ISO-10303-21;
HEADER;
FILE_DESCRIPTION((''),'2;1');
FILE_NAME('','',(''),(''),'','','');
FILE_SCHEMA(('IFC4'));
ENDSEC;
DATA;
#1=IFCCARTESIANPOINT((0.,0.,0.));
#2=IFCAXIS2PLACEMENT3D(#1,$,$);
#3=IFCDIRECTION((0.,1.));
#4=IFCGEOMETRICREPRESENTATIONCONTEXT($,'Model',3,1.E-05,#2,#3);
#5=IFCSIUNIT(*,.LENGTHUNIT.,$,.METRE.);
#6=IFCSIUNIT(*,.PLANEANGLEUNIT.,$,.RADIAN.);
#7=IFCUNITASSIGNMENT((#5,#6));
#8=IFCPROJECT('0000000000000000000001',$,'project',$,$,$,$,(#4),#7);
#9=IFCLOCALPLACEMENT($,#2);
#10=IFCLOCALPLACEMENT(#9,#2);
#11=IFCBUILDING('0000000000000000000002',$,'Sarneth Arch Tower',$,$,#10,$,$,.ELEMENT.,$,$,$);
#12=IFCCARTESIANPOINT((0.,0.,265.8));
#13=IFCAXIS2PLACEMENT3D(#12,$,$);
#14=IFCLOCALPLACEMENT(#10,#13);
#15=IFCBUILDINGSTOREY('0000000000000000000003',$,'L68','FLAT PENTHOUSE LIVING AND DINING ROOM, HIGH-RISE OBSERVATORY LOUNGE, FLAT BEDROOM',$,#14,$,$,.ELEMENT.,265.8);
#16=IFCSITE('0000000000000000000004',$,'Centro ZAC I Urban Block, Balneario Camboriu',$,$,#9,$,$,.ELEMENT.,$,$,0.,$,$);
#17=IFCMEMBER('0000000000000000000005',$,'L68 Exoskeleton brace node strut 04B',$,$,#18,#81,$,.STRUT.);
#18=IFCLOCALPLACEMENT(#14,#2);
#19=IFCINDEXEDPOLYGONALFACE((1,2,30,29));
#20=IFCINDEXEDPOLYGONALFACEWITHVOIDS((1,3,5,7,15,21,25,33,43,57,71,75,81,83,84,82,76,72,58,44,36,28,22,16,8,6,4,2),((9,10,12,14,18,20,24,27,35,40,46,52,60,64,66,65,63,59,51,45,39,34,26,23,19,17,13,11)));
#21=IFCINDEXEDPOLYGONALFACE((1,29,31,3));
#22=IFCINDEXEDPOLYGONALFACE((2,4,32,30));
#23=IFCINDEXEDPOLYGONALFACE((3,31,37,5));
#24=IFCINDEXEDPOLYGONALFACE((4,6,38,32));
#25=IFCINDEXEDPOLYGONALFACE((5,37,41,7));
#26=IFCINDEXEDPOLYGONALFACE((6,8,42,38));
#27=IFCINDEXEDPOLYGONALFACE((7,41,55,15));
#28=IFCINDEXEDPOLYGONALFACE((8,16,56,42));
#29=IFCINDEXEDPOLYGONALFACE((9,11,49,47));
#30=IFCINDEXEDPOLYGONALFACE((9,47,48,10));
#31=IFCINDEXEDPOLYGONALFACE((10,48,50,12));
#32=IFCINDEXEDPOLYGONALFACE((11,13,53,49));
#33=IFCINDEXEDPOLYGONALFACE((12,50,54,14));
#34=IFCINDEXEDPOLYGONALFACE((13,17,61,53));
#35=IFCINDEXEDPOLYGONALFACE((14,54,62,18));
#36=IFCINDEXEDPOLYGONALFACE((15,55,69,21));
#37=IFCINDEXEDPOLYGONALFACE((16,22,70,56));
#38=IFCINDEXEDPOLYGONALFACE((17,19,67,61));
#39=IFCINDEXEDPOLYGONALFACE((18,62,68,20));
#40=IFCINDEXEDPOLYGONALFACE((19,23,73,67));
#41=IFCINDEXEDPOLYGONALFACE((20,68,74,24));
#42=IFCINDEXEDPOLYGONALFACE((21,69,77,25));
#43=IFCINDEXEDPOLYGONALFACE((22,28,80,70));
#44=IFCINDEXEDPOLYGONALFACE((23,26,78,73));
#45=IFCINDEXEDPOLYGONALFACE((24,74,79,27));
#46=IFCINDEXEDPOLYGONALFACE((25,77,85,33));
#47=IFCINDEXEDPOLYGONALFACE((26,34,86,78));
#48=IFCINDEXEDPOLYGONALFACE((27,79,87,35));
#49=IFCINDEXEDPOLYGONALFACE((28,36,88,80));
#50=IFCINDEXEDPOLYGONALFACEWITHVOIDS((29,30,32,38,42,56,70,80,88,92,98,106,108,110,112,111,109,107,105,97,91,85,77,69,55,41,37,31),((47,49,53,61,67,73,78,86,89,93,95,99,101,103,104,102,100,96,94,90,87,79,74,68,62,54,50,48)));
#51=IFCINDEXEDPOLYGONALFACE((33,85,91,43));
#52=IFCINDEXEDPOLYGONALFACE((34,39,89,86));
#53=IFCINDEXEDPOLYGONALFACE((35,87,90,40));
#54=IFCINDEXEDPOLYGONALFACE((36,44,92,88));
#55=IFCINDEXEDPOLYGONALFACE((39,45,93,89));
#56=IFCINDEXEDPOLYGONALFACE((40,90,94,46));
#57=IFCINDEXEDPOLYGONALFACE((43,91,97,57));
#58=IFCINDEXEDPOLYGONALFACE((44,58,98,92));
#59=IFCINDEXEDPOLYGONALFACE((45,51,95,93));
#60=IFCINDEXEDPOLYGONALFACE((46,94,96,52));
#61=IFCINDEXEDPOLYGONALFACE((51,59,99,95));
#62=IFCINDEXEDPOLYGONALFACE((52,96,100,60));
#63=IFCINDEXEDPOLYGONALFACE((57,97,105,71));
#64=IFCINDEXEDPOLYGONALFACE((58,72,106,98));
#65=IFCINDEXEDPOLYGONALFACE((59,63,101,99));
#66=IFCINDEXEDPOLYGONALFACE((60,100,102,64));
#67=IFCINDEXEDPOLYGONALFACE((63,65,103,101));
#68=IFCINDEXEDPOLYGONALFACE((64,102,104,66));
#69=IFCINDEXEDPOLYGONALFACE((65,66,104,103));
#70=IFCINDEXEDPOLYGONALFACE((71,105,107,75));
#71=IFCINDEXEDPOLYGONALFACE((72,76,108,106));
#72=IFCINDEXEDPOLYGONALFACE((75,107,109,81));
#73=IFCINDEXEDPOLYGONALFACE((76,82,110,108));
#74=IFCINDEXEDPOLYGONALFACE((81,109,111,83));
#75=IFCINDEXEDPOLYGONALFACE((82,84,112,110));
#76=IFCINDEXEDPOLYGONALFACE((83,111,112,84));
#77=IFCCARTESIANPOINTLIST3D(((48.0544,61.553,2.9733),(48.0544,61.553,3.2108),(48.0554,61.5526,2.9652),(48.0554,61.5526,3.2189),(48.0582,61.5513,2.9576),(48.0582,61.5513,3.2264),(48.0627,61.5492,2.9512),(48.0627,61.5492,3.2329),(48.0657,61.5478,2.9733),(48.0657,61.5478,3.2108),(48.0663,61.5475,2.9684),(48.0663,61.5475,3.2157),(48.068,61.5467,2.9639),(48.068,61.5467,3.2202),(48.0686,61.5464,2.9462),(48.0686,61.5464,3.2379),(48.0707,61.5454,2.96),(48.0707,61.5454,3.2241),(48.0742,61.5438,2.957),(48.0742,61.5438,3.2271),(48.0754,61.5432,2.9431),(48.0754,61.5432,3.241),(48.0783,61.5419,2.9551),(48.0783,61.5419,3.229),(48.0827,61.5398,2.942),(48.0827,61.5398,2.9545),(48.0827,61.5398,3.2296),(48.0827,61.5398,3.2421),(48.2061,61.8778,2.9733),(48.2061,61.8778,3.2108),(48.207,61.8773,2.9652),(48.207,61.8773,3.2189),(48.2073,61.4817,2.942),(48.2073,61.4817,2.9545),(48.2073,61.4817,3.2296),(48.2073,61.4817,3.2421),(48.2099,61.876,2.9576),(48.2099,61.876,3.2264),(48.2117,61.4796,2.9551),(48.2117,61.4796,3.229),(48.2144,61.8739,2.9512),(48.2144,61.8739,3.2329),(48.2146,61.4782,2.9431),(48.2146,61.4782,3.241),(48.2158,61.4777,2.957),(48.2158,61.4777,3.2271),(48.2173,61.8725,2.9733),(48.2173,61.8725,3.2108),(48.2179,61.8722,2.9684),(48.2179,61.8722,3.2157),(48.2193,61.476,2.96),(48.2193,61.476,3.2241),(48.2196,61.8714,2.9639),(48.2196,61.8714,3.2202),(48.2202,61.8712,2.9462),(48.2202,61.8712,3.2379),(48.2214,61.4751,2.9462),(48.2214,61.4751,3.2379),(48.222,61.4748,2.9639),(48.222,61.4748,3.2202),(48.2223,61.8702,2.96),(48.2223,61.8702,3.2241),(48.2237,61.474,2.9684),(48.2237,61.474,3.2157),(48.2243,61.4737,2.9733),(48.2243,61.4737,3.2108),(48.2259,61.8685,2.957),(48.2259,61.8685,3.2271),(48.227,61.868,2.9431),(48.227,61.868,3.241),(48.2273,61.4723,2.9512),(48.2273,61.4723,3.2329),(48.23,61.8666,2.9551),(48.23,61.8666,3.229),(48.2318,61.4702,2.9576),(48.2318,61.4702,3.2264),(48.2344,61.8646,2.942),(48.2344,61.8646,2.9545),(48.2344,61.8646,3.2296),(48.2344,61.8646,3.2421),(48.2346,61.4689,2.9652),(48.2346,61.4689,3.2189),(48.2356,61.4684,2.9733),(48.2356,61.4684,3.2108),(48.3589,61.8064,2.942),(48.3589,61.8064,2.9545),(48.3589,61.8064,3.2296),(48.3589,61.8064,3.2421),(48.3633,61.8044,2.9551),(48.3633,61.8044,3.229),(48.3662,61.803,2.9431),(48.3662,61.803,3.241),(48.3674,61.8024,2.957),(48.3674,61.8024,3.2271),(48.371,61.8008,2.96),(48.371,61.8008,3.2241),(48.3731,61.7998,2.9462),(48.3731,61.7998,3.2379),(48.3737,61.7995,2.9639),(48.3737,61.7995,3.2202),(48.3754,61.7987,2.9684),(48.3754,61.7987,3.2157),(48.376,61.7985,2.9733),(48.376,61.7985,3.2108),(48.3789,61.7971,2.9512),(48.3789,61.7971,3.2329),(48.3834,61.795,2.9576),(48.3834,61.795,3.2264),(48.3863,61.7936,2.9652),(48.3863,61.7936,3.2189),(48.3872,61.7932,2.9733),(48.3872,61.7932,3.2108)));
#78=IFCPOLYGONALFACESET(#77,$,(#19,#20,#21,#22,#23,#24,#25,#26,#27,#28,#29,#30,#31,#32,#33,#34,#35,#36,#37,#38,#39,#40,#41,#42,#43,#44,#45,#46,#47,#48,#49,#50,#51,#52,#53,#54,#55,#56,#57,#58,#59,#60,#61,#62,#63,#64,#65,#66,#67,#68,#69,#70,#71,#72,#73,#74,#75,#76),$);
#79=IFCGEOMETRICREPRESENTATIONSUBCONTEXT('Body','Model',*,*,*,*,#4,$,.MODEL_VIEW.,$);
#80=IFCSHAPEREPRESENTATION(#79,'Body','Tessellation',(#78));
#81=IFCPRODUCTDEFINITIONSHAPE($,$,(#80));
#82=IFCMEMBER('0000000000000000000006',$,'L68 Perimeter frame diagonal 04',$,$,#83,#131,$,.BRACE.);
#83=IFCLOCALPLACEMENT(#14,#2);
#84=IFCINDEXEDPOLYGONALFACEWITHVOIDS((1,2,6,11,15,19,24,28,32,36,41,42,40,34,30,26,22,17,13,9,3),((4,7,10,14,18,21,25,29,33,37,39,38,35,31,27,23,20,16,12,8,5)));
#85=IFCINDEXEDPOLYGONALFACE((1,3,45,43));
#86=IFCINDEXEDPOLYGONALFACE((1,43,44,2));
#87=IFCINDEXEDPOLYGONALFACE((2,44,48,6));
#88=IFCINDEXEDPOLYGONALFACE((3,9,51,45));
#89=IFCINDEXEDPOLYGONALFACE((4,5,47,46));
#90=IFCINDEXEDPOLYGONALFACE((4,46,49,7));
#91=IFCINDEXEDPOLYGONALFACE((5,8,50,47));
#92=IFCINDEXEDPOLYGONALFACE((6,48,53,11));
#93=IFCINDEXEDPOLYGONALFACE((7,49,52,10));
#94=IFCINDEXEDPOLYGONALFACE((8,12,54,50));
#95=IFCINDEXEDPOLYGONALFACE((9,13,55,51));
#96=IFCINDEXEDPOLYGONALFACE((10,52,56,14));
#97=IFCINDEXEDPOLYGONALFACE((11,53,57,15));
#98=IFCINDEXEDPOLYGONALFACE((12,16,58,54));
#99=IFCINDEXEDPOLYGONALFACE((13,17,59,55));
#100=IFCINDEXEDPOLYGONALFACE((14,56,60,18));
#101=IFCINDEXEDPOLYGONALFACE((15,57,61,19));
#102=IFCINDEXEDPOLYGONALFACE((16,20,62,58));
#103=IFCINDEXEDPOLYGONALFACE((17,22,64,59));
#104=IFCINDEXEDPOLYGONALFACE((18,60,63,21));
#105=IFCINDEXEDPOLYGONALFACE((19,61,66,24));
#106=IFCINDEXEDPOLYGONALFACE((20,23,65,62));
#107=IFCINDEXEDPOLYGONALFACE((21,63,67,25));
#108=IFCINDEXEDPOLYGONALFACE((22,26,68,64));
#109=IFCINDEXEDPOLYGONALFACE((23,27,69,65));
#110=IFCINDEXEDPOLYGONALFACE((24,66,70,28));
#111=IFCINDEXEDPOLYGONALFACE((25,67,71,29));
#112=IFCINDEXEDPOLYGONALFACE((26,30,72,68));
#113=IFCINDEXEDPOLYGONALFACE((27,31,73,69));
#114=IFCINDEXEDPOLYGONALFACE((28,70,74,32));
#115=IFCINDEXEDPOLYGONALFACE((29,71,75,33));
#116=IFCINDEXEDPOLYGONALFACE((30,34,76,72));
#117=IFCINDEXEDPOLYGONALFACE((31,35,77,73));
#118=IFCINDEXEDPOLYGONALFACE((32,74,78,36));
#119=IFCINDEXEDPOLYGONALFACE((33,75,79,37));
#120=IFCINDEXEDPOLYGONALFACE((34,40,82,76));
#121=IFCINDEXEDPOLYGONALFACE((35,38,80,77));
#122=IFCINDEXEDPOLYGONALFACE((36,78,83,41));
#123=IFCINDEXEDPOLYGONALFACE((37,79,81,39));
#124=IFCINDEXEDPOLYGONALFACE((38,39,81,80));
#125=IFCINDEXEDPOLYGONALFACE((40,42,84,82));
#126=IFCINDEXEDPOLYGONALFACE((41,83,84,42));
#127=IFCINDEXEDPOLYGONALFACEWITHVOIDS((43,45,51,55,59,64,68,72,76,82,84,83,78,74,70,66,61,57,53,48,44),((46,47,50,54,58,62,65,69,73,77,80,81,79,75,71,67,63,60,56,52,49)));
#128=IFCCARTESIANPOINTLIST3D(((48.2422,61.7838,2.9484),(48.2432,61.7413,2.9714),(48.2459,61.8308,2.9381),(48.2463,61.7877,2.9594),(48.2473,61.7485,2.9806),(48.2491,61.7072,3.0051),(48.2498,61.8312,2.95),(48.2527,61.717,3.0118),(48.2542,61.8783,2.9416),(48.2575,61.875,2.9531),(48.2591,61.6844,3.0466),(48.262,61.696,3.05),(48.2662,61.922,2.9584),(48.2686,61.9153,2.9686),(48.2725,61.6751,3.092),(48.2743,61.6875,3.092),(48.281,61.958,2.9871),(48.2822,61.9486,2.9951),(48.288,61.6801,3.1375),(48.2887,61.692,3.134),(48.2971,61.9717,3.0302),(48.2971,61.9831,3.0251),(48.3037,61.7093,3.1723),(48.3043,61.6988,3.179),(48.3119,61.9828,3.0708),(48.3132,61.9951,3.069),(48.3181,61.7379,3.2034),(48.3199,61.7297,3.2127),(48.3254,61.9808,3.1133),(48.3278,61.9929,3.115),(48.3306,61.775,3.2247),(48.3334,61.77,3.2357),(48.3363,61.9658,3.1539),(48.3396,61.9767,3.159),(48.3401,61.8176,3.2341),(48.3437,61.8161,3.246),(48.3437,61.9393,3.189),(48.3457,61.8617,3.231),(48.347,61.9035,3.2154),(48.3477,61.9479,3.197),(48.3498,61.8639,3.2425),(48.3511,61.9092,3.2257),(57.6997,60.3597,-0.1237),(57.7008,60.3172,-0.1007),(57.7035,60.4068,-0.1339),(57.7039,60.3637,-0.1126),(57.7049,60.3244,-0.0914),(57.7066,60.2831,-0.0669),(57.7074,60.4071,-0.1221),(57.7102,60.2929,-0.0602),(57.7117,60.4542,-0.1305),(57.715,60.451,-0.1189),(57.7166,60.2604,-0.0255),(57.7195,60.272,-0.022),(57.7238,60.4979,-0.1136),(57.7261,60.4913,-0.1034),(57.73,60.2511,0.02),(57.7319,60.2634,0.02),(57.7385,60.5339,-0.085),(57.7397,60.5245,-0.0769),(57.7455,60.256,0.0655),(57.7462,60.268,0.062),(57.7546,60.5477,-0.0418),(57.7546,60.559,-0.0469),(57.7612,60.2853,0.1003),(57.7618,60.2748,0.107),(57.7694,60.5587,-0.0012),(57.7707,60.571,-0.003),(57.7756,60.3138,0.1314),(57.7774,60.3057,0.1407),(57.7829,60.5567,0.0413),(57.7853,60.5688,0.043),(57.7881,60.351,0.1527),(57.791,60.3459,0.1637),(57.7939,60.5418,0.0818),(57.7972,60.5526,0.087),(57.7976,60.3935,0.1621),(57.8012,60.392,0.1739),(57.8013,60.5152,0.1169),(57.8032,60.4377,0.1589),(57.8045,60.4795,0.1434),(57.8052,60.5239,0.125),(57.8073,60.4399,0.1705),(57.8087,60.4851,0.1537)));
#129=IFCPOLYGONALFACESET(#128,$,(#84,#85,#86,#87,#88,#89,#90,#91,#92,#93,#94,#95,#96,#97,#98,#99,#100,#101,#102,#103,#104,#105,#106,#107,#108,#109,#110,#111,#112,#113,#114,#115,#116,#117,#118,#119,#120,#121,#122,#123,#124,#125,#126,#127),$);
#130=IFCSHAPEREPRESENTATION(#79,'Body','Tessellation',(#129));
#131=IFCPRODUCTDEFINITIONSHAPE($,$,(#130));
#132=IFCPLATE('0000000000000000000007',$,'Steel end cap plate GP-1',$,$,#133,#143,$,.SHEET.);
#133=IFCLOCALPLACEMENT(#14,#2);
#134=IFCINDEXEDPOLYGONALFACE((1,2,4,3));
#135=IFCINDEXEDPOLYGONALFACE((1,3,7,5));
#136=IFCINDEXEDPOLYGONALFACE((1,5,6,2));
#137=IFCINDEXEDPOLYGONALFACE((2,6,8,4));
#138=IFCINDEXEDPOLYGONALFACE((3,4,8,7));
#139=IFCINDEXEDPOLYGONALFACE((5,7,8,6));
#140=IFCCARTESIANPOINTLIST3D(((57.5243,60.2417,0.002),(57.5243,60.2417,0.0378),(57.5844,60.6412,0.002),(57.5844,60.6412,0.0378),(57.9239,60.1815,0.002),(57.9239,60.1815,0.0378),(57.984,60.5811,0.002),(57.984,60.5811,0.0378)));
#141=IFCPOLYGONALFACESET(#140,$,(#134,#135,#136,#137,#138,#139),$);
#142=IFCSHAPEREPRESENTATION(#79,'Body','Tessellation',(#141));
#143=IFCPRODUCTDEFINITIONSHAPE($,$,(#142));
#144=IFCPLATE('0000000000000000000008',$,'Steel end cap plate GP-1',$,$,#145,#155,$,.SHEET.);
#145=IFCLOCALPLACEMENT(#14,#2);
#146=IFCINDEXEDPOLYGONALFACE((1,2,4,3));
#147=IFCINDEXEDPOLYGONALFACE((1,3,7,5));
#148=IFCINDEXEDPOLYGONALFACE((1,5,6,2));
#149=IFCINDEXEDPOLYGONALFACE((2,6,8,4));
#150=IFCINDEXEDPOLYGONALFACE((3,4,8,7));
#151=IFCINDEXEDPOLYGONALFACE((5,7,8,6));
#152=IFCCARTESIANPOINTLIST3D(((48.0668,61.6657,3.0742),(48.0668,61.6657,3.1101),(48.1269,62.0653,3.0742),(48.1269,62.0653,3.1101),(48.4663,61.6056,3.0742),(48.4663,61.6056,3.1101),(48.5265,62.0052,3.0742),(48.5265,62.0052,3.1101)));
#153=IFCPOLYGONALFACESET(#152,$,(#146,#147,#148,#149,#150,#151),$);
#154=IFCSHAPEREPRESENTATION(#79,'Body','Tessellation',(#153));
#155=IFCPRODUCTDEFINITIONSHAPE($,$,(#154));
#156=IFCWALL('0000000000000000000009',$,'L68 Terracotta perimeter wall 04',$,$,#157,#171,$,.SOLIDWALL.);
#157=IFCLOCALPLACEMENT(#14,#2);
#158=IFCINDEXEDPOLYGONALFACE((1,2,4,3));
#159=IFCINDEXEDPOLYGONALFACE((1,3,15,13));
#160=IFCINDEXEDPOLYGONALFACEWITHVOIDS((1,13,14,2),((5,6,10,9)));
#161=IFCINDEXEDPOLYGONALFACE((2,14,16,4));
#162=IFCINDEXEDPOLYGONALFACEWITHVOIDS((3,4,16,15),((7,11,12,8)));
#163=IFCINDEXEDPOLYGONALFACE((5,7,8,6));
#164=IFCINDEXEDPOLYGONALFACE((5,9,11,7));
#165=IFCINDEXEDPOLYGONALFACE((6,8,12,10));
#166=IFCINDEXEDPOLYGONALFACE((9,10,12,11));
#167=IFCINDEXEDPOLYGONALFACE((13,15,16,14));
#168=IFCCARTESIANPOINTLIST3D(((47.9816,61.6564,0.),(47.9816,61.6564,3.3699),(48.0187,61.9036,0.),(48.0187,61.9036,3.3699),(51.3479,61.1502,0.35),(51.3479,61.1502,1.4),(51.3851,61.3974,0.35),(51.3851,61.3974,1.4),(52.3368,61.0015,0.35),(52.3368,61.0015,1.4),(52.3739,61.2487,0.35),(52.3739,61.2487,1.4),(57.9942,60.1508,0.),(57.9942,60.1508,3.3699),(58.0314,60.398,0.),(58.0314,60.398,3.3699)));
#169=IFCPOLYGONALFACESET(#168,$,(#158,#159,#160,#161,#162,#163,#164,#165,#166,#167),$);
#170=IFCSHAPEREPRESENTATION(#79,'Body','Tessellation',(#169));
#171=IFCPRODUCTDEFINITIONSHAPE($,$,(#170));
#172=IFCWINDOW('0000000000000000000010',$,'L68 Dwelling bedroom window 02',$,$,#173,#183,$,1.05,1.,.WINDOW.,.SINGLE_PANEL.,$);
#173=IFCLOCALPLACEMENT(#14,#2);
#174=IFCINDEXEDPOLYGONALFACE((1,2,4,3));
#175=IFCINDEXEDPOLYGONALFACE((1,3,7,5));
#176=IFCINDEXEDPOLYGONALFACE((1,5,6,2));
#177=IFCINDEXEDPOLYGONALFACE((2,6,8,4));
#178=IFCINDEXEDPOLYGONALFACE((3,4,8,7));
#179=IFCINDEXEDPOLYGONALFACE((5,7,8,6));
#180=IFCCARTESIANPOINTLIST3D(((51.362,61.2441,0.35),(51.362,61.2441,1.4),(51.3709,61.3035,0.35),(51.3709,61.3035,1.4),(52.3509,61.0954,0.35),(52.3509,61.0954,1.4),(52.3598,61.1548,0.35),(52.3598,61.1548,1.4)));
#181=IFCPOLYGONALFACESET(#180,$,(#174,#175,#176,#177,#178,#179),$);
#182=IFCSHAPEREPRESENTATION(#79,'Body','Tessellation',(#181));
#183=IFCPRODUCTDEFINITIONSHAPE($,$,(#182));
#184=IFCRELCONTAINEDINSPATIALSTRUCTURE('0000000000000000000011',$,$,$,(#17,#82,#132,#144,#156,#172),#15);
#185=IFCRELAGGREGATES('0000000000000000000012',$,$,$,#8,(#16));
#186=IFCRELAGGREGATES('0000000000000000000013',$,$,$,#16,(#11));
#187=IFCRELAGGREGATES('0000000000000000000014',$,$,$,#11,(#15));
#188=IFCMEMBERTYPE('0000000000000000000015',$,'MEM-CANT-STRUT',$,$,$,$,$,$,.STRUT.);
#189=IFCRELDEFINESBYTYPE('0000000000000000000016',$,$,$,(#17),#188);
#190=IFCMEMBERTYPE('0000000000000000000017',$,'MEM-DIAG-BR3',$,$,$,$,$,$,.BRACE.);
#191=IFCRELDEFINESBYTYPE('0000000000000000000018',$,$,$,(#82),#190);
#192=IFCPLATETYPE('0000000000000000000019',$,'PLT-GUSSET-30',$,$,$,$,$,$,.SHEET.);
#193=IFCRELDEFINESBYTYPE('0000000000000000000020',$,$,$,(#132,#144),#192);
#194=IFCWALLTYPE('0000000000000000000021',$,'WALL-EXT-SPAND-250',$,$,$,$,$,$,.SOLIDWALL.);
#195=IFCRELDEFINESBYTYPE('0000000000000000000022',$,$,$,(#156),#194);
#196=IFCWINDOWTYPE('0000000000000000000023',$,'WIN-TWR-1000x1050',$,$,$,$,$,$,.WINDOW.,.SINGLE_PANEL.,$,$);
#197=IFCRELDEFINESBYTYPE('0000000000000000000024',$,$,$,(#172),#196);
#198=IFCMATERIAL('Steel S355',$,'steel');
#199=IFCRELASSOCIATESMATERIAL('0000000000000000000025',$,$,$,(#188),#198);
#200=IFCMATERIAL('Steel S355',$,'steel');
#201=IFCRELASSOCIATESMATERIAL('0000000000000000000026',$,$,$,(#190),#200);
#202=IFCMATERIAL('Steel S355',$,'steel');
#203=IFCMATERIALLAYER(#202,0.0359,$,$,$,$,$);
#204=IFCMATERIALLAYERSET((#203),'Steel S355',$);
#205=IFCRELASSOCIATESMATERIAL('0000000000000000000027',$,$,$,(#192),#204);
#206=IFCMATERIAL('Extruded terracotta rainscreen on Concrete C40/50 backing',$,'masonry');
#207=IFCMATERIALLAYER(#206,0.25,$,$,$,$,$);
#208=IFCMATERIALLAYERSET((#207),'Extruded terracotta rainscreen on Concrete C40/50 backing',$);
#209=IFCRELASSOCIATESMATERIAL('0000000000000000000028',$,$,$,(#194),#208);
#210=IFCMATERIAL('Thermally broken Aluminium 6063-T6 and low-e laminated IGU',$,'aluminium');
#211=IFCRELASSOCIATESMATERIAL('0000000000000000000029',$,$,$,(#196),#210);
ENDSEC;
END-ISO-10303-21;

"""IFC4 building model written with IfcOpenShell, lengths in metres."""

from ifc_helpers import new_model, si_unit, direction, frame, frame_2d, origin, origin_2d, place, context, subcontext, project, spatial, rectangle, hollow_rectangle, hollow_circle, extrude, material, layer, layer_set, material_profile, profile_set, type_object, element, fill, save


model = new_model("IFC4")

# Units and contexts
model_context = context("Model", 3, precision=1e-05, world=origin(), true_north=direction((0.0, 1.0)))
body_context = subcontext(model_context, "Body", "Model", "MODEL_VIEW")
ifc_project = project(units=[si_unit("LENGTHUNIT", "METRE"), si_unit("PLANEANGLEUNIT", "RADIAN")], contexts=[model_context])

# Site, building, storey
site_placement = place(None, origin())
site = spatial("IfcSite", under=ifc_project, at=site_placement, Name="Centro ZAC I Urban Block, Balneario Camboriu", CompositionType="ELEMENT", RefElevation=0.0)
building_placement = place(site_placement, origin())
building = spatial("IfcBuilding", under=site, at=building_placement, Name="Sarneth Arch Tower", CompositionType="ELEMENT")
storey_placement = place(building_placement, frame((0.0, 0.0, 265.8)))
storey = spatial("IfcBuildingStorey", under=building, at=storey_placement, Name="L68", Description="FLAT PENTHOUSE LIVING AND DINING ROOM, HIGH-RISE OBSERVATORY LOUNGE, FLAT BEDROOM", CompositionType="ELEMENT", Elevation=265.8)

# Members
ifc_material_1 = material(Name="Steel S355", Category="steel")
ifc_material_profile_1 = material_profile(ifc_material_1, hollow_rectangle(XDim=0.2, YDim=0.3, WallThickness=0.0125, InnerFilletRadius=0.0188, OuterFilletRadius=0.0312, at=origin_2d()), Name="RHS300x200x12.5")
ifc_profile_set_1 = profile_set([ifc_material_profile_1], Name="Steel S355")
member_type_1 = type_object("IfcMemberType", Name="MEM-CANT-STRUT", PredefinedType="STRUT", material=ifc_profile_set_1)
member_1_placement = place(storey_placement, frame((48.145, 61.5107, 3.092), z_axis=(0.423072, 0.906096, 0.0), x_axis=(-0.906096, 0.423072, 0.0)))
element("IfcMember", 1, at=member_1_placement, inside=storey, type_object=member_type_1, Name="L68 Exoskeleton brace node strut 04B", PredefinedType="STRUT", context=body_context, shape_type="SweptSolid", body=[
    extrude(hollow_rectangle(XDim=0.2, YDim=0.3, WallThickness=0.0125, InnerFilletRadius=0.0188, OuterFilletRadius=0.0312, at=origin_2d()), origin(), (0.0, 0.0, 1.0), 0.3584),
])
ifc_material_2 = material(Name="Steel S355", Category="steel")
ifc_material_profile_2 = material_profile(ifc_material_2, hollow_circle(Radius=0.1621, WallThickness=0.0125, at=origin_2d()), Name="CHS324x12.5")
ifc_profile_set_2 = profile_set([ifc_material_profile_2], Name="Steel S355")
member_type_2 = type_object("IfcMemberType", Name="MEM-DIAG-BR3", PredefinedType="BRACE", material=ifc_profile_set_2)
member_2_placement = place(storey_placement, frame((57.7542, 60.4114, 0.02), z_axis=(-0.941478, 0.141764, 0.305814), x_axis=(-0.148897, -0.988853, 0.0)))
element("IfcMember", 2, at=member_2_placement, inside=storey, type_object=member_type_2, Name="L68 Perimeter frame diagonal 04", PredefinedType="BRACE", context=body_context, shape_type="SweptSolid", body=[
    extrude(hollow_circle(Radius=0.1621, WallThickness=0.0125, at=origin_2d()), origin(), (0.0, 0.0, 1.0), 10.0454),
])

# Plates
ifc_material_3 = material(Name="Steel S355", Category="steel")
ifc_layer_1 = layer(ifc_material_3, 0.0359)
ifc_layer_set_1 = layer_set([ifc_layer_1], Name="Steel S355")
plate_type = type_object("IfcPlateType", Name="PLT-GUSSET-30", PredefinedType="SHEET", material=ifc_layer_set_1)
for number, where, z_axis, x_axis, name in (
    (3, (57.7542, 60.4114, 0.002), (0.0, 0.0, 1.0), (-0.988861, 0.148845, 0.0), "Steel end cap plate GP-1"),
    (4, (48.2966, 61.8354, 3.0742), (0.0, 0.0, 1.0), (-0.988861, 0.148845, 0.0), "Steel end cap plate GP-1"),
):
    element("IfcPlate", number, at=place(storey_placement, frame(where, z_axis=z_axis, x_axis=x_axis)), inside=storey, type_object=plate_type, Name=name, PredefinedType="SHEET", context=body_context, shape_type="SweptSolid", body=[
        extrude(rectangle(XDim=0.4041, YDim=0.4041, at=origin_2d()), origin(), (0.0, 0.0, 1.0), 0.0359),
    ])

# Wall, opening, window
ifc_material_4 = material(Name="Extruded terracotta rainscreen on Concrete C40/50 backing", Category="masonry")
ifc_layer_2 = layer(ifc_material_4, 0.25)
ifc_layer_set_2 = layer_set([ifc_layer_2], Name="Extruded terracotta rainscreen on Concrete C40/50 backing")
wall_type_1 = type_object("IfcWallType", Name="WALL-EXT-SPAND-250", PredefinedType="SOLIDWALL", material=ifc_layer_set_2)
wall_1_placement = place(storey_placement, frame((58.0127, 60.2744, 0.0), z_axis=(0.0, 0.0, 1.0), x_axis=(-0.988883, 0.148699, 0.0)))
wall_1 = element("IfcWall", 5, at=wall_1_placement, inside=storey, type_object=wall_type_1, Name="L68 Terracotta perimeter wall 04", PredefinedType="SOLIDWALL", context=body_context, shape_type="SweptSolid", body=[
    extrude(rectangle(XDim=10.1252, YDim=0.25, at=frame_2d((5.0625, 0.0))), origin(), (0.0, 0.0, 1.0), 3.3699),
])
opening_1_placement = place(wall_1_placement, frame((5.7209, 0.0, 0.3501)))
opening_1 = element("IfcOpeningElement", 6, at=opening_1_placement, cuts=wall_1, PredefinedType="OPENING", context=body_context, shape_type="SweptSolid", body=[
    extrude(rectangle(XDim=1.0, YDim=1.05, at=frame_2d((0.5, 0.5249))), frame((0.0, 0.135, 0.0), z_axis=(0.0, -1.0, 0.0), x_axis=(1.0, 0.0, 0.0)), (0.0, 0.0, 1.0), 0.27),
])
ifc_material_5 = material(Name="Thermally broken Aluminium 6063-T6 and low-e laminated IGU", Category="aluminium")
window_type = type_object("IfcWindowType", Name="WIN-TWR-1000x1050", PartitioningType="SINGLE_PANEL", PredefinedType="WINDOW", material=ifc_material_5)
window_placement = place(opening_1_placement, origin())
window = element("IfcWindow", 7, at=window_placement, inside=storey, type_object=window_type, Name="L68 Dwelling bedroom window 02", OverallHeight=1.05, OverallWidth=1.0, PartitioningType="SINGLE_PANEL", PredefinedType="WINDOW", context=body_context, shape_type="SweptSolid", body=[
    extrude(rectangle(XDim=1.0, YDim=1.05, at=frame_2d((0.5, 0.5249))), frame((0.0, 0.03, 0.0), z_axis=(0.0, -1.0, 0.0), x_axis=(1.0, 0.0, 0.0)), (0.0, 0.0, 1.0), 0.0601),
])
fill(opening_1, window)

save(model, "model.ifc")
